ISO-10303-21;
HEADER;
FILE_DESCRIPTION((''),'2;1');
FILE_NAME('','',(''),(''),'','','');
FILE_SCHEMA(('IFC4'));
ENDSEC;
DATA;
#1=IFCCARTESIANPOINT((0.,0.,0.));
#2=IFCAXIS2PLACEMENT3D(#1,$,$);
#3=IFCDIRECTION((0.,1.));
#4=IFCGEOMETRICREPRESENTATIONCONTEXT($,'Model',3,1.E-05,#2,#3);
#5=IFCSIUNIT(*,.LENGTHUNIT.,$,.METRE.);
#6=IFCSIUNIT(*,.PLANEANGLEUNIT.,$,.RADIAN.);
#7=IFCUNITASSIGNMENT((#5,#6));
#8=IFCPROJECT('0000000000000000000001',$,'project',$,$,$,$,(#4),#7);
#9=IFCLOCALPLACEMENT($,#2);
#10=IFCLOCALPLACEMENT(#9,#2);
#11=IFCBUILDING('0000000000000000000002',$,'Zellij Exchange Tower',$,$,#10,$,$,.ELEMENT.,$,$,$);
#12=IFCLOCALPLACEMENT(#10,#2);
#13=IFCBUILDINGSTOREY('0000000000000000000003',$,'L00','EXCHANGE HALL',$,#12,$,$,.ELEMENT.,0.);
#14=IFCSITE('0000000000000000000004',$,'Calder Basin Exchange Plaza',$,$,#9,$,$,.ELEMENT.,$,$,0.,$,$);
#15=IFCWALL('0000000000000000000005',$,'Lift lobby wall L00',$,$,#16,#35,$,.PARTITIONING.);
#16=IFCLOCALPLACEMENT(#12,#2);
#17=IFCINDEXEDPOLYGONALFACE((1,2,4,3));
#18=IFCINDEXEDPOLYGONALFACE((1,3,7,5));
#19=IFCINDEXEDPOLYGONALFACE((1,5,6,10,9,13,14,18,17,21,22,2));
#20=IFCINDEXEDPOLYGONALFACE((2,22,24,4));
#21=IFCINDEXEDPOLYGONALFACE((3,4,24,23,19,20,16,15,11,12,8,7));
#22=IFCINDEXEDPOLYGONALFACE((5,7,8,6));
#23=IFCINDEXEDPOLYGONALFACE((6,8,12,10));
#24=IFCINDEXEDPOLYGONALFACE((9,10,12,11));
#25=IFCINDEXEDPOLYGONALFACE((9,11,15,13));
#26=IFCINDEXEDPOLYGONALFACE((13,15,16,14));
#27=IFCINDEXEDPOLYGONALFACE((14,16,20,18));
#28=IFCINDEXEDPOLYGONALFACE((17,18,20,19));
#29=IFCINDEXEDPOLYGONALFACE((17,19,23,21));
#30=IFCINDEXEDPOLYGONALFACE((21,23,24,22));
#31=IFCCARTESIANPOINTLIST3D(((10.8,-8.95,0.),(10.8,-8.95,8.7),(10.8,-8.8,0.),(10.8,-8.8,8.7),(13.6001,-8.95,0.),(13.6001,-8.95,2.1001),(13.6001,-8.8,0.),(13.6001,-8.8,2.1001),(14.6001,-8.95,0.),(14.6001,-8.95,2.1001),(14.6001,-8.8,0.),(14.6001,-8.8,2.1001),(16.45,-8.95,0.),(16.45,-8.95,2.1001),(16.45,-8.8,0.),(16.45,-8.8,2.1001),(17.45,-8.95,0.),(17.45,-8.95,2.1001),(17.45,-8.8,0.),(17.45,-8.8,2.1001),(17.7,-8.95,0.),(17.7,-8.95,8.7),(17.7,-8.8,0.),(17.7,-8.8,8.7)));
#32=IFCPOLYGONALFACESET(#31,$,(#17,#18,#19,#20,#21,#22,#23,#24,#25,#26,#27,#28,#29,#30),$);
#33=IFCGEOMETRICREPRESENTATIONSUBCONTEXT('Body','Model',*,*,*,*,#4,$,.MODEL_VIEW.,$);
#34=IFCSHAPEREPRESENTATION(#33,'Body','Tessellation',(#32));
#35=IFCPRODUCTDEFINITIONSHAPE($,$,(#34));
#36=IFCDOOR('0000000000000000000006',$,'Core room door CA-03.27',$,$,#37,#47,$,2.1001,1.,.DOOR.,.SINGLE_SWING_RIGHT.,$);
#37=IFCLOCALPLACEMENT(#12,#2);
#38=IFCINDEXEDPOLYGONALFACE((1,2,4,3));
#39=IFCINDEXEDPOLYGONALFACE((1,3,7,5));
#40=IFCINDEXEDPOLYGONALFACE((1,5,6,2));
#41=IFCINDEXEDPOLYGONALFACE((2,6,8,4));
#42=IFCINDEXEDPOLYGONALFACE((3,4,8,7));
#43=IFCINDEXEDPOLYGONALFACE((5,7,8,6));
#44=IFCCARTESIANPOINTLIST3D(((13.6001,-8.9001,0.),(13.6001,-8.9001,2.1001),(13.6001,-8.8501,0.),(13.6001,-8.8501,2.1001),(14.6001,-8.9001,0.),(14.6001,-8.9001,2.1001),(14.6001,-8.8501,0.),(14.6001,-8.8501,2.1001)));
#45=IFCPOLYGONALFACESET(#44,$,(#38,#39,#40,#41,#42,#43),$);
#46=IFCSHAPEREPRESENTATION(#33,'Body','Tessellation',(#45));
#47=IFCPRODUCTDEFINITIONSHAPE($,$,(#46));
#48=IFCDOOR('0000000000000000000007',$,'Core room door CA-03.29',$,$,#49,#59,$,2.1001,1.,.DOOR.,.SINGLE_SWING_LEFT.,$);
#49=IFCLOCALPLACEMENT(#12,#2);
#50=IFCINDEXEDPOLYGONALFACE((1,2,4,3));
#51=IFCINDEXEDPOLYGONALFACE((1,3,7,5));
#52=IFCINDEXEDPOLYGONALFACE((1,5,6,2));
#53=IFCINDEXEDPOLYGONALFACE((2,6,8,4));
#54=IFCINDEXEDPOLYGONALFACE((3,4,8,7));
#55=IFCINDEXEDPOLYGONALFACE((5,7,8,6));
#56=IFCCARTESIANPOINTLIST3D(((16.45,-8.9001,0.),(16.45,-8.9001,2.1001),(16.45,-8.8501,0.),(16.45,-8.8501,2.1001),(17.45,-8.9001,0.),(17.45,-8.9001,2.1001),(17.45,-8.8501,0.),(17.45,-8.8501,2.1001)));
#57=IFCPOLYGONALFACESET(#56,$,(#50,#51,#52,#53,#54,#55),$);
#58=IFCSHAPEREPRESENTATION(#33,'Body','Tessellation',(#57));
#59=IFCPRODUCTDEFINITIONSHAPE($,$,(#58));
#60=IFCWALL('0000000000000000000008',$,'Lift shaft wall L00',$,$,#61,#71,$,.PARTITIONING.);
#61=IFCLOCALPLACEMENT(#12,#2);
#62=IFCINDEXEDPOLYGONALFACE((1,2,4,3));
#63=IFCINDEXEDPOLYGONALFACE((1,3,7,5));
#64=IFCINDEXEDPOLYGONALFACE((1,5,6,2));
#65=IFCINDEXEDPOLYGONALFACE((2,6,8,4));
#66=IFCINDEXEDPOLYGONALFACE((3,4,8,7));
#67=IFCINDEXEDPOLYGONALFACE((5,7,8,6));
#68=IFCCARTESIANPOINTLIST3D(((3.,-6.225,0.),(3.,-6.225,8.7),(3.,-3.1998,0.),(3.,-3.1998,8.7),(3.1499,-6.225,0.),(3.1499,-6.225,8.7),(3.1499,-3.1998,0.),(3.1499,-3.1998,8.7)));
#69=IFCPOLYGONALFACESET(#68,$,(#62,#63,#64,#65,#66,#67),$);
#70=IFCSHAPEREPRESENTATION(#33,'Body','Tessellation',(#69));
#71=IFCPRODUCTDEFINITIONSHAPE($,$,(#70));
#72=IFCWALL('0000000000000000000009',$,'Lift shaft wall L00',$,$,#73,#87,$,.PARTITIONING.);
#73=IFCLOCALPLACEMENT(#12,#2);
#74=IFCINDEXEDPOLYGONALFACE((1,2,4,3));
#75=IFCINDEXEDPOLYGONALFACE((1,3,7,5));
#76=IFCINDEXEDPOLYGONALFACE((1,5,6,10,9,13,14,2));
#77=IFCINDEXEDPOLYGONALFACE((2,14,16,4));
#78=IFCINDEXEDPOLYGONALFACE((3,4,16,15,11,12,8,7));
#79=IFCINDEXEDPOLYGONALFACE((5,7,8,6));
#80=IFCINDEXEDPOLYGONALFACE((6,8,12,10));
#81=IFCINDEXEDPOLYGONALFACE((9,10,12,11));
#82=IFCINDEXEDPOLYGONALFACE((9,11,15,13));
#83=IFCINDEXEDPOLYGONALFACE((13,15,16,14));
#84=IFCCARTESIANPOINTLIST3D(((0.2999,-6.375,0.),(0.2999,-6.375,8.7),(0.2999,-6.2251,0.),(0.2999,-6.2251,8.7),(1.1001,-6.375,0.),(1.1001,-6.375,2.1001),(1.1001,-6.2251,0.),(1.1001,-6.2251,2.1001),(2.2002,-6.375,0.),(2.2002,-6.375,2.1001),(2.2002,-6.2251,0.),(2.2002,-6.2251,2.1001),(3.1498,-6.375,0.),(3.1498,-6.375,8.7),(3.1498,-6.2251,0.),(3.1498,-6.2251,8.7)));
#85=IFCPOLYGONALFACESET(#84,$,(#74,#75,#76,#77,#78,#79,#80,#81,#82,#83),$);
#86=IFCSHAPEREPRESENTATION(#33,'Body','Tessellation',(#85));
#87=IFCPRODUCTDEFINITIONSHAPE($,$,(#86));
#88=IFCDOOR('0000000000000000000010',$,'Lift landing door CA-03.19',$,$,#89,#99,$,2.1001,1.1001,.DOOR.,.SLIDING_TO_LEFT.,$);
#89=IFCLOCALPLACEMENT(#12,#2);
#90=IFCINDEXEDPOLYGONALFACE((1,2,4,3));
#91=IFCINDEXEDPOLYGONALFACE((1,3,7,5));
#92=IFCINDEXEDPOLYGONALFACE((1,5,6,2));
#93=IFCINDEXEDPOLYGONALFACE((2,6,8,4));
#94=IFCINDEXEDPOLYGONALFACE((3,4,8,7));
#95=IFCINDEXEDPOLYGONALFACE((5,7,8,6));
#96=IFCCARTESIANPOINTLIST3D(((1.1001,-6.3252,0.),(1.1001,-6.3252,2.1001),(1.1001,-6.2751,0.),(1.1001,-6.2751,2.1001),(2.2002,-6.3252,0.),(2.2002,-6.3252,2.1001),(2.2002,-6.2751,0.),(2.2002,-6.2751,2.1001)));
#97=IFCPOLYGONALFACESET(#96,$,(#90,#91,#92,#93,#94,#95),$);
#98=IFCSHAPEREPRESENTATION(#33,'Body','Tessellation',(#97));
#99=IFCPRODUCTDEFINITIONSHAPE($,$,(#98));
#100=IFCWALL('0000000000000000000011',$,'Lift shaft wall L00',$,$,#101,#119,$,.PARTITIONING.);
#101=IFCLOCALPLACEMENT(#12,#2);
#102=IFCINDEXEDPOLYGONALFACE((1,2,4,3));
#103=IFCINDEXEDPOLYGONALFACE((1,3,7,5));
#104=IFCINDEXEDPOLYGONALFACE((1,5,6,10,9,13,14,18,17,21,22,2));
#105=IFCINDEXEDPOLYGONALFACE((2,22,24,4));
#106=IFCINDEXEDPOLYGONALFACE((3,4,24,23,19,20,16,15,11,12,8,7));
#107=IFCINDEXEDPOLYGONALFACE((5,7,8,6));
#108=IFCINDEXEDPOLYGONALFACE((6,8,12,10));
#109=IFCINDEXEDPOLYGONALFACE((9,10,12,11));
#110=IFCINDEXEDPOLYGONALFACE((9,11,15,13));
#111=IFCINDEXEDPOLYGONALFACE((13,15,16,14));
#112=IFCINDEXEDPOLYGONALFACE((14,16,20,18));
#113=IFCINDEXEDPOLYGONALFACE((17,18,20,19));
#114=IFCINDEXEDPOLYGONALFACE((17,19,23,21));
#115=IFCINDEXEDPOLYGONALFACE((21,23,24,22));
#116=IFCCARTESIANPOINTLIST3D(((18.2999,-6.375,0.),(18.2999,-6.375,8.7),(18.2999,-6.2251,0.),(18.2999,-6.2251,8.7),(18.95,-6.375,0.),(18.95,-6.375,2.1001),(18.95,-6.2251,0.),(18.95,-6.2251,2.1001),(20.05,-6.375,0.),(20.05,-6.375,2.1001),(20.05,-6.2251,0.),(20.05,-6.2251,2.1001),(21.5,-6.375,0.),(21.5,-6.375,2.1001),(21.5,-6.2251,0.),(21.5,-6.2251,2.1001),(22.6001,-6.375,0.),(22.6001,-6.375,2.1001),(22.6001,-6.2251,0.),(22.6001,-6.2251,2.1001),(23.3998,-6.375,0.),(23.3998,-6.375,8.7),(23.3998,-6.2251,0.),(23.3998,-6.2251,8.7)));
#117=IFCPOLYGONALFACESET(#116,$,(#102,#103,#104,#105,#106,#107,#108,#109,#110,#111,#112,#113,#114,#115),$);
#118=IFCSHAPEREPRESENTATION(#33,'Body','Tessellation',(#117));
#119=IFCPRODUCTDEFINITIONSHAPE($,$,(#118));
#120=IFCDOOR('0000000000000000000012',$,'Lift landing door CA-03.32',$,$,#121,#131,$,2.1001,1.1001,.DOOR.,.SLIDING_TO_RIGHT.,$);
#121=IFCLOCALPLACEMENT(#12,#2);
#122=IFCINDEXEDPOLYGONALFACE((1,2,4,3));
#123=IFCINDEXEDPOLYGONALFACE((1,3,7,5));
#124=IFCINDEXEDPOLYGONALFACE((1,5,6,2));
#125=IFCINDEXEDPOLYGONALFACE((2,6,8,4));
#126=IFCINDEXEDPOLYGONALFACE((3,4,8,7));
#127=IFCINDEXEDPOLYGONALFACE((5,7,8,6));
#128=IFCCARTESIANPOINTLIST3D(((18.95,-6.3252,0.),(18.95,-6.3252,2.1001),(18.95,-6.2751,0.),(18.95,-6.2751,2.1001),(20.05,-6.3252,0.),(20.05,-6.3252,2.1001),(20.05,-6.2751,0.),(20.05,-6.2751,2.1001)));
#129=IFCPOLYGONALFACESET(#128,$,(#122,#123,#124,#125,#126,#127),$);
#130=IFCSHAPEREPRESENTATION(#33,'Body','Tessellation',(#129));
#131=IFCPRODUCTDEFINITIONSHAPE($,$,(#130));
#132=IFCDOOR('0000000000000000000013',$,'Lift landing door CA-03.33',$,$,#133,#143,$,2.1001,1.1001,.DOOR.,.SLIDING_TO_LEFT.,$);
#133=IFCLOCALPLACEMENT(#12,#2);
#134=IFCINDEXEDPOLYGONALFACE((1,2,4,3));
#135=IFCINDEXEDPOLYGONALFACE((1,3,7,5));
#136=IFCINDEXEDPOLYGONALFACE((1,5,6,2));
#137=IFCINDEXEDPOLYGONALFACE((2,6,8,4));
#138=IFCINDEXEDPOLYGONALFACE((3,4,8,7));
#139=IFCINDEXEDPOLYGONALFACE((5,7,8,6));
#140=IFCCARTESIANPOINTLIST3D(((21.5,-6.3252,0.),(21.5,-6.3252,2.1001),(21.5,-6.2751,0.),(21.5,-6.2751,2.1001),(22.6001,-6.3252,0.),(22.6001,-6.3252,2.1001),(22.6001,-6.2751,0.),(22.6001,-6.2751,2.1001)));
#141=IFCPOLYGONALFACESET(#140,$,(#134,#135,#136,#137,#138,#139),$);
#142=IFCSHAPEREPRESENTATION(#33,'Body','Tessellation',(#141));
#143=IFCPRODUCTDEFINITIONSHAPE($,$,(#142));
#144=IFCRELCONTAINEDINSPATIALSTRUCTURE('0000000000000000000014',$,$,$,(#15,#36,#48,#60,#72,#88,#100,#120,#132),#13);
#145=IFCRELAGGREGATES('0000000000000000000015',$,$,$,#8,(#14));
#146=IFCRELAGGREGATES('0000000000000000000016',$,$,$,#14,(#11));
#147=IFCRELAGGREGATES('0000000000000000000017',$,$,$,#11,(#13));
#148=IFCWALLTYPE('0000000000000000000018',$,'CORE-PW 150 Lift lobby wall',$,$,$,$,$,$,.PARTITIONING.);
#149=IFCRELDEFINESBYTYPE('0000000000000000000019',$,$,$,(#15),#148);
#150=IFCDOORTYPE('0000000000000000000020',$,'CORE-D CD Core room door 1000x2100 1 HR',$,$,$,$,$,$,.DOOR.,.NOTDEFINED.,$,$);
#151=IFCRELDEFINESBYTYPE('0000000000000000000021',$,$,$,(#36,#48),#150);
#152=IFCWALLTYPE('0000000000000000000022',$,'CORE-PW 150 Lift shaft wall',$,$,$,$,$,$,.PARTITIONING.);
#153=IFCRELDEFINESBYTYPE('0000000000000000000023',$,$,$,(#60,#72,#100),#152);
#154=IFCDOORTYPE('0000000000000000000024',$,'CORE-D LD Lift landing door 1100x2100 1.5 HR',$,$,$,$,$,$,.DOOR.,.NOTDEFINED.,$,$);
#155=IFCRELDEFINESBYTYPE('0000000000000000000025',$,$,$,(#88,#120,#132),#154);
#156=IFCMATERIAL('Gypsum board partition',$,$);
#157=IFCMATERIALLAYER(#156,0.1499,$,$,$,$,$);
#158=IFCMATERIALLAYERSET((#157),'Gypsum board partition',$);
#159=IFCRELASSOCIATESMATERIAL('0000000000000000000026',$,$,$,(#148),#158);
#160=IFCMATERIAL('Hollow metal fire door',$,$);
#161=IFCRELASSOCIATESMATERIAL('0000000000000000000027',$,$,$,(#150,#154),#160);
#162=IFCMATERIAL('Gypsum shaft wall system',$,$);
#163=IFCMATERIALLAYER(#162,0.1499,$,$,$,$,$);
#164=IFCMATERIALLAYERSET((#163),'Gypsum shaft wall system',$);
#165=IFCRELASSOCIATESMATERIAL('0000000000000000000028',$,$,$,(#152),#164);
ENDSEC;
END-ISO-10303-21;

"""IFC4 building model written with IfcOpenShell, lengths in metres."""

from ifc_helpers import new_model, si_unit, direction, frame, frame_2d, origin, place, context, subcontext, project, spatial, rectangle, extrude, material, layer, layer_set, type_object, element, fill, save


model = new_model("IFC4")

# Units and contexts
model_context = context("Model", 3, precision=1e-05, world=origin(), true_north=direction((0.0, 1.0)))
body_context = subcontext(model_context, "Body", "Model", "MODEL_VIEW")
ifc_project = project(units=[si_unit("LENGTHUNIT", "METRE"), si_unit("PLANEANGLEUNIT", "RADIAN")], contexts=[model_context])

# Site, building, storey
site_placement = place(None, origin())
site = spatial("IfcSite", under=ifc_project, at=site_placement, Name="Calder Basin Exchange Plaza", CompositionType="ELEMENT", RefElevation=0.0)
building_placement = place(site_placement, origin())
building = spatial("IfcBuilding", under=site, at=building_placement, Name="Zellij Exchange Tower", CompositionType="ELEMENT")
storey_placement = place(building_placement, origin())
storey = spatial("IfcBuildingStorey", under=building, at=storey_placement, Name="L00", Description="EXCHANGE HALL", CompositionType="ELEMENT", Elevation=0.0)

# Shared definitions
ifc_material_1 = material(Name="Gypsum shaft wall system")
ifc_material_2 = material(Name="Hollow metal fire door")

# Shared definitions
ifc_material_3 = material(Name="Gypsum board partition")
ifc_layer_1 = layer(ifc_material_3, 0.1499)
ifc_layer_set_1 = layer_set([ifc_layer_1], Name="Gypsum board partition")
wall_type_1 = type_object("IfcWallType", Name="CORE-PW 150 Lift lobby wall", PredefinedType="PARTITIONING", material=ifc_layer_set_1)

# Wall, openings, doors
door_type_1 = type_object("IfcDoorType", Name="CORE-D CD Core room door 1000x2100 1 HR", OperationType="NOTDEFINED", PredefinedType="DOOR", material=ifc_material_2)
wall_1_placement = place(storey_placement, frame((10.8, -8.875, 0.0), z_axis=(0.0, 0.0, 1.0), x_axis=(1.0, 0.0, 0.0)))
wall_1 = element("IfcWall", 1, at=wall_1_placement, inside=storey, type_object=wall_type_1, Name="Lift lobby wall L00", PredefinedType="PARTITIONING", context=body_context, shape_type="SweptSolid", body=[
    extrude(rectangle(XDim=6.8999, YDim=0.1499, at=frame_2d((3.45, 0.0))), origin(), (0.0, 0.0, 1.0), 8.7),
])
opening_1_placement = place(wall_1_placement, frame((2.8, 0.0, 0.0)))
opening_1 = element("IfcOpeningElement", 2, at=opening_1_placement, cuts=wall_1, PredefinedType="OPENING", context=body_context, shape_type="SweptSolid", body=[
    extrude(rectangle(XDim=1.0, YDim=2.1001, at=frame_2d((0.5, 1.05))), frame((0.0, 0.0869, 0.0), z_axis=(0.0, -1.0, 0.0), x_axis=(1.0, 0.0, 0.0)), (0.0, 0.0, 1.0), 0.1738),
])
opening_2_placement = place(wall_1_placement, frame((5.6499, 0.0, 0.0)))
opening_2 = element("IfcOpeningElement", 3, at=opening_2_placement, cuts=wall_1, PredefinedType="OPENING", context=body_context, shape_type="SweptSolid", body=[
    extrude(rectangle(XDim=1.0, YDim=2.1001, at=frame_2d((0.5, 1.05))), frame((0.0, 0.0869, 0.0), z_axis=(0.0, -1.0, 0.0), x_axis=(1.0, 0.0, 0.0)), (0.0, 0.0, 1.0), 0.1738),
])
door_1_placement = place(opening_1_placement, origin())
door_1 = element("IfcDoor", 4, at=door_1_placement, inside=storey, type_object=door_type_1, Name="Core room door CA-03.27", OperationType="SINGLE_SWING_RIGHT", OverallHeight=2.1001, OverallWidth=1.0, PredefinedType="DOOR", context=body_context, shape_type="SweptSolid", body=[
    extrude(rectangle(XDim=1.0, YDim=2.1001, at=frame_2d((0.5, 1.05))), frame((0.0, 0.0249, 0.0), z_axis=(0.0, -1.0, 0.0), x_axis=(1.0, 0.0, 0.0)), (0.0, 0.0, 1.0), 0.05),
])
fill(opening_1, door_1)
door_2_placement = place(opening_2_placement, origin())
door_2 = element("IfcDoor", 5, at=door_2_placement, inside=storey, type_object=door_type_1, Name="Core room door CA-03.29", OperationType="SINGLE_SWING_LEFT", OverallHeight=2.1001, OverallWidth=1.0, PredefinedType="DOOR", context=body_context, shape_type="SweptSolid", body=[
    extrude(rectangle(XDim=1.0, YDim=2.1001, at=frame_2d((0.5, 1.05))), frame((0.0, 0.0249, 0.0), z_axis=(0.0, -1.0, 0.0), x_axis=(1.0, 0.0, 0.0)), (0.0, 0.0, 1.0), 0.05),
])
fill(opening_2, door_2)

# Wall
ifc_layer_2 = layer(ifc_material_1, 0.1499)
ifc_layer_set_2 = layer_set([ifc_layer_2], Name="Gypsum shaft wall system")
wall_type_2 = type_object("IfcWallType", Name="CORE-PW 150 Lift shaft wall", PredefinedType="PARTITIONING", material=ifc_layer_set_2)
wall_2_placement = place(storey_placement, frame((3.075, -6.2251, 0.0), z_axis=(0.0, 0.0, 1.0), x_axis=(0.0, 1.0, 0.0)))
element("IfcWall", 6, at=wall_2_placement, inside=storey, type_object=wall_type_2, Name="Lift shaft wall L00", PredefinedType="PARTITIONING", context=body_context, shape_type="SweptSolid", body=[
    extrude(rectangle(XDim=3.0251, YDim=0.1499, at=frame_2d((1.5127, 0.0))), origin(), (0.0, 0.0, 1.0), 8.7),
])

# Wall, opening, door
wall_3_placement = place(storey_placement, frame((0.3, -6.3, 0.0), z_axis=(0.0, 0.0, 1.0), x_axis=(1.0, 0.0, 0.0)))
wall_3 = element("IfcWall", 7, at=wall_3_placement, inside=storey, type_object=wall_type_2, Name="Lift shaft wall L00", PredefinedType="PARTITIONING", context=body_context, shape_type="SweptSolid", body=[
    extrude(rectangle(XDim=2.8499, YDim=0.1499, at=frame_2d((1.4248, 0.0))), origin(), (0.0, 0.0, 1.0), 8.7),
])
opening_3_placement = place(wall_3_placement, frame((0.8, 0.0, 0.0)))
opening_3 = element("IfcOpeningElement", 8, at=opening_3_placement, cuts=wall_3, PredefinedType="OPENING", context=body_context, shape_type="SweptSolid", body=[
    extrude(rectangle(XDim=1.1001, YDim=2.1001, at=frame_2d((0.55, 1.05))), frame((0.0, 0.0869, 0.0), z_axis=(0.0, -1.0, 0.0), x_axis=(1.0, 0.0, 0.0)), (0.0, 0.0, 1.0), 0.1738),
])
door_type_2 = type_object("IfcDoorType", Name="CORE-D LD Lift landing door 1100x2100 1.5 HR", OperationType="NOTDEFINED", PredefinedType="DOOR", material=ifc_material_2)
door_3_placement = place(opening_3_placement, origin())
door_3 = element("IfcDoor", 9, at=door_3_placement, inside=storey, type_object=door_type_2, Name="Lift landing door CA-03.19", OperationType="SLIDING_TO_LEFT", OverallHeight=2.1001, OverallWidth=1.1001, PredefinedType="DOOR", context=body_context, shape_type="SweptSolid", body=[
    extrude(rectangle(XDim=1.1001, YDim=2.1001, at=frame_2d((0.55, 1.05))), frame((0.0, 0.0249, 0.0), z_axis=(0.0, -1.0, 0.0), x_axis=(1.0, 0.0, 0.0)), (0.0, 0.0, 1.0), 0.05),
])
fill(opening_3, door_3)

# Wall, openings, doors
wall_4_placement = place(storey_placement, frame((18.3, -6.3, 0.0), z_axis=(0.0, 0.0, 1.0), x_axis=(1.0, 0.0, 0.0)))
wall_4 = element("IfcWall", 10, at=wall_4_placement, inside=storey, type_object=wall_type_2, Name="Lift shaft wall L00", PredefinedType="PARTITIONING", context=body_context, shape_type="SweptSolid", body=[
    extrude(rectangle(XDim=5.0999, YDim=0.1499, at=frame_2d((2.5498, 0.0))), origin(), (0.0, 0.0, 1.0), 8.7),
])
opening_4_placement = place(wall_4_placement, frame((0.6499, 0.0, 0.0)))
opening_4 = element("IfcOpeningElement", 11, at=opening_4_placement, cuts=wall_4, PredefinedType="OPENING", context=body_context, shape_type="SweptSolid", body=[
    extrude(rectangle(XDim=1.1001, YDim=2.1001, at=frame_2d((0.55, 1.05))), frame((0.0, 0.0869, 0.0), z_axis=(0.0, -1.0, 0.0), x_axis=(1.0, 0.0, 0.0)), (0.0, 0.0, 1.0), 0.1738),
])
opening_5_placement = place(wall_4_placement, frame((3.2, 0.0, 0.0)))
opening_5 = element("IfcOpeningElement", 12, at=opening_5_placement, cuts=wall_4, PredefinedType="OPENING", context=body_context, shape_type="SweptSolid", body=[
    extrude(rectangle(XDim=1.1001, YDim=2.1001, at=frame_2d((0.55, 1.05))), frame((0.0, 0.0869, 0.0), z_axis=(0.0, -1.0, 0.0), x_axis=(1.0, 0.0, 0.0)), (0.0, 0.0, 1.0), 0.1738),
])
door_4_placement = place(opening_4_placement, origin())
door_4 = element("IfcDoor", 13, at=door_4_placement, inside=storey, type_object=door_type_2, Name="Lift landing door CA-03.32", OperationType="SLIDING_TO_RIGHT", OverallHeight=2.1001, OverallWidth=1.1001, PredefinedType="DOOR", context=body_context, shape_type="SweptSolid", body=[
    extrude(rectangle(XDim=1.1001, YDim=2.1001, at=frame_2d((0.55, 1.05))), frame((0.0, 0.0249, 0.0), z_axis=(0.0, -1.0, 0.0), x_axis=(1.0, 0.0, 0.0)), (0.0, 0.0, 1.0), 0.05),
])
fill(opening_4, door_4)
door_5_placement = place(opening_5_placement, origin())
door_5 = element("IfcDoor", 14, at=door_5_placement, inside=storey, type_object=door_type_2, Name="Lift landing door CA-03.33", OperationType="SLIDING_TO_LEFT", OverallHeight=2.1001, OverallWidth=1.1001, PredefinedType="DOOR", context=body_context, shape_type="SweptSolid", body=[
    extrude(rectangle(XDim=1.1001, YDim=2.1001, at=frame_2d((0.55, 1.05))), frame((0.0, 0.0249, 0.0), z_axis=(0.0, -1.0, 0.0), x_axis=(1.0, 0.0, 0.0)), (0.0, 0.0, 1.0), 0.05),
])
fill(opening_5, door_5)

save(model, "model.ifc")
